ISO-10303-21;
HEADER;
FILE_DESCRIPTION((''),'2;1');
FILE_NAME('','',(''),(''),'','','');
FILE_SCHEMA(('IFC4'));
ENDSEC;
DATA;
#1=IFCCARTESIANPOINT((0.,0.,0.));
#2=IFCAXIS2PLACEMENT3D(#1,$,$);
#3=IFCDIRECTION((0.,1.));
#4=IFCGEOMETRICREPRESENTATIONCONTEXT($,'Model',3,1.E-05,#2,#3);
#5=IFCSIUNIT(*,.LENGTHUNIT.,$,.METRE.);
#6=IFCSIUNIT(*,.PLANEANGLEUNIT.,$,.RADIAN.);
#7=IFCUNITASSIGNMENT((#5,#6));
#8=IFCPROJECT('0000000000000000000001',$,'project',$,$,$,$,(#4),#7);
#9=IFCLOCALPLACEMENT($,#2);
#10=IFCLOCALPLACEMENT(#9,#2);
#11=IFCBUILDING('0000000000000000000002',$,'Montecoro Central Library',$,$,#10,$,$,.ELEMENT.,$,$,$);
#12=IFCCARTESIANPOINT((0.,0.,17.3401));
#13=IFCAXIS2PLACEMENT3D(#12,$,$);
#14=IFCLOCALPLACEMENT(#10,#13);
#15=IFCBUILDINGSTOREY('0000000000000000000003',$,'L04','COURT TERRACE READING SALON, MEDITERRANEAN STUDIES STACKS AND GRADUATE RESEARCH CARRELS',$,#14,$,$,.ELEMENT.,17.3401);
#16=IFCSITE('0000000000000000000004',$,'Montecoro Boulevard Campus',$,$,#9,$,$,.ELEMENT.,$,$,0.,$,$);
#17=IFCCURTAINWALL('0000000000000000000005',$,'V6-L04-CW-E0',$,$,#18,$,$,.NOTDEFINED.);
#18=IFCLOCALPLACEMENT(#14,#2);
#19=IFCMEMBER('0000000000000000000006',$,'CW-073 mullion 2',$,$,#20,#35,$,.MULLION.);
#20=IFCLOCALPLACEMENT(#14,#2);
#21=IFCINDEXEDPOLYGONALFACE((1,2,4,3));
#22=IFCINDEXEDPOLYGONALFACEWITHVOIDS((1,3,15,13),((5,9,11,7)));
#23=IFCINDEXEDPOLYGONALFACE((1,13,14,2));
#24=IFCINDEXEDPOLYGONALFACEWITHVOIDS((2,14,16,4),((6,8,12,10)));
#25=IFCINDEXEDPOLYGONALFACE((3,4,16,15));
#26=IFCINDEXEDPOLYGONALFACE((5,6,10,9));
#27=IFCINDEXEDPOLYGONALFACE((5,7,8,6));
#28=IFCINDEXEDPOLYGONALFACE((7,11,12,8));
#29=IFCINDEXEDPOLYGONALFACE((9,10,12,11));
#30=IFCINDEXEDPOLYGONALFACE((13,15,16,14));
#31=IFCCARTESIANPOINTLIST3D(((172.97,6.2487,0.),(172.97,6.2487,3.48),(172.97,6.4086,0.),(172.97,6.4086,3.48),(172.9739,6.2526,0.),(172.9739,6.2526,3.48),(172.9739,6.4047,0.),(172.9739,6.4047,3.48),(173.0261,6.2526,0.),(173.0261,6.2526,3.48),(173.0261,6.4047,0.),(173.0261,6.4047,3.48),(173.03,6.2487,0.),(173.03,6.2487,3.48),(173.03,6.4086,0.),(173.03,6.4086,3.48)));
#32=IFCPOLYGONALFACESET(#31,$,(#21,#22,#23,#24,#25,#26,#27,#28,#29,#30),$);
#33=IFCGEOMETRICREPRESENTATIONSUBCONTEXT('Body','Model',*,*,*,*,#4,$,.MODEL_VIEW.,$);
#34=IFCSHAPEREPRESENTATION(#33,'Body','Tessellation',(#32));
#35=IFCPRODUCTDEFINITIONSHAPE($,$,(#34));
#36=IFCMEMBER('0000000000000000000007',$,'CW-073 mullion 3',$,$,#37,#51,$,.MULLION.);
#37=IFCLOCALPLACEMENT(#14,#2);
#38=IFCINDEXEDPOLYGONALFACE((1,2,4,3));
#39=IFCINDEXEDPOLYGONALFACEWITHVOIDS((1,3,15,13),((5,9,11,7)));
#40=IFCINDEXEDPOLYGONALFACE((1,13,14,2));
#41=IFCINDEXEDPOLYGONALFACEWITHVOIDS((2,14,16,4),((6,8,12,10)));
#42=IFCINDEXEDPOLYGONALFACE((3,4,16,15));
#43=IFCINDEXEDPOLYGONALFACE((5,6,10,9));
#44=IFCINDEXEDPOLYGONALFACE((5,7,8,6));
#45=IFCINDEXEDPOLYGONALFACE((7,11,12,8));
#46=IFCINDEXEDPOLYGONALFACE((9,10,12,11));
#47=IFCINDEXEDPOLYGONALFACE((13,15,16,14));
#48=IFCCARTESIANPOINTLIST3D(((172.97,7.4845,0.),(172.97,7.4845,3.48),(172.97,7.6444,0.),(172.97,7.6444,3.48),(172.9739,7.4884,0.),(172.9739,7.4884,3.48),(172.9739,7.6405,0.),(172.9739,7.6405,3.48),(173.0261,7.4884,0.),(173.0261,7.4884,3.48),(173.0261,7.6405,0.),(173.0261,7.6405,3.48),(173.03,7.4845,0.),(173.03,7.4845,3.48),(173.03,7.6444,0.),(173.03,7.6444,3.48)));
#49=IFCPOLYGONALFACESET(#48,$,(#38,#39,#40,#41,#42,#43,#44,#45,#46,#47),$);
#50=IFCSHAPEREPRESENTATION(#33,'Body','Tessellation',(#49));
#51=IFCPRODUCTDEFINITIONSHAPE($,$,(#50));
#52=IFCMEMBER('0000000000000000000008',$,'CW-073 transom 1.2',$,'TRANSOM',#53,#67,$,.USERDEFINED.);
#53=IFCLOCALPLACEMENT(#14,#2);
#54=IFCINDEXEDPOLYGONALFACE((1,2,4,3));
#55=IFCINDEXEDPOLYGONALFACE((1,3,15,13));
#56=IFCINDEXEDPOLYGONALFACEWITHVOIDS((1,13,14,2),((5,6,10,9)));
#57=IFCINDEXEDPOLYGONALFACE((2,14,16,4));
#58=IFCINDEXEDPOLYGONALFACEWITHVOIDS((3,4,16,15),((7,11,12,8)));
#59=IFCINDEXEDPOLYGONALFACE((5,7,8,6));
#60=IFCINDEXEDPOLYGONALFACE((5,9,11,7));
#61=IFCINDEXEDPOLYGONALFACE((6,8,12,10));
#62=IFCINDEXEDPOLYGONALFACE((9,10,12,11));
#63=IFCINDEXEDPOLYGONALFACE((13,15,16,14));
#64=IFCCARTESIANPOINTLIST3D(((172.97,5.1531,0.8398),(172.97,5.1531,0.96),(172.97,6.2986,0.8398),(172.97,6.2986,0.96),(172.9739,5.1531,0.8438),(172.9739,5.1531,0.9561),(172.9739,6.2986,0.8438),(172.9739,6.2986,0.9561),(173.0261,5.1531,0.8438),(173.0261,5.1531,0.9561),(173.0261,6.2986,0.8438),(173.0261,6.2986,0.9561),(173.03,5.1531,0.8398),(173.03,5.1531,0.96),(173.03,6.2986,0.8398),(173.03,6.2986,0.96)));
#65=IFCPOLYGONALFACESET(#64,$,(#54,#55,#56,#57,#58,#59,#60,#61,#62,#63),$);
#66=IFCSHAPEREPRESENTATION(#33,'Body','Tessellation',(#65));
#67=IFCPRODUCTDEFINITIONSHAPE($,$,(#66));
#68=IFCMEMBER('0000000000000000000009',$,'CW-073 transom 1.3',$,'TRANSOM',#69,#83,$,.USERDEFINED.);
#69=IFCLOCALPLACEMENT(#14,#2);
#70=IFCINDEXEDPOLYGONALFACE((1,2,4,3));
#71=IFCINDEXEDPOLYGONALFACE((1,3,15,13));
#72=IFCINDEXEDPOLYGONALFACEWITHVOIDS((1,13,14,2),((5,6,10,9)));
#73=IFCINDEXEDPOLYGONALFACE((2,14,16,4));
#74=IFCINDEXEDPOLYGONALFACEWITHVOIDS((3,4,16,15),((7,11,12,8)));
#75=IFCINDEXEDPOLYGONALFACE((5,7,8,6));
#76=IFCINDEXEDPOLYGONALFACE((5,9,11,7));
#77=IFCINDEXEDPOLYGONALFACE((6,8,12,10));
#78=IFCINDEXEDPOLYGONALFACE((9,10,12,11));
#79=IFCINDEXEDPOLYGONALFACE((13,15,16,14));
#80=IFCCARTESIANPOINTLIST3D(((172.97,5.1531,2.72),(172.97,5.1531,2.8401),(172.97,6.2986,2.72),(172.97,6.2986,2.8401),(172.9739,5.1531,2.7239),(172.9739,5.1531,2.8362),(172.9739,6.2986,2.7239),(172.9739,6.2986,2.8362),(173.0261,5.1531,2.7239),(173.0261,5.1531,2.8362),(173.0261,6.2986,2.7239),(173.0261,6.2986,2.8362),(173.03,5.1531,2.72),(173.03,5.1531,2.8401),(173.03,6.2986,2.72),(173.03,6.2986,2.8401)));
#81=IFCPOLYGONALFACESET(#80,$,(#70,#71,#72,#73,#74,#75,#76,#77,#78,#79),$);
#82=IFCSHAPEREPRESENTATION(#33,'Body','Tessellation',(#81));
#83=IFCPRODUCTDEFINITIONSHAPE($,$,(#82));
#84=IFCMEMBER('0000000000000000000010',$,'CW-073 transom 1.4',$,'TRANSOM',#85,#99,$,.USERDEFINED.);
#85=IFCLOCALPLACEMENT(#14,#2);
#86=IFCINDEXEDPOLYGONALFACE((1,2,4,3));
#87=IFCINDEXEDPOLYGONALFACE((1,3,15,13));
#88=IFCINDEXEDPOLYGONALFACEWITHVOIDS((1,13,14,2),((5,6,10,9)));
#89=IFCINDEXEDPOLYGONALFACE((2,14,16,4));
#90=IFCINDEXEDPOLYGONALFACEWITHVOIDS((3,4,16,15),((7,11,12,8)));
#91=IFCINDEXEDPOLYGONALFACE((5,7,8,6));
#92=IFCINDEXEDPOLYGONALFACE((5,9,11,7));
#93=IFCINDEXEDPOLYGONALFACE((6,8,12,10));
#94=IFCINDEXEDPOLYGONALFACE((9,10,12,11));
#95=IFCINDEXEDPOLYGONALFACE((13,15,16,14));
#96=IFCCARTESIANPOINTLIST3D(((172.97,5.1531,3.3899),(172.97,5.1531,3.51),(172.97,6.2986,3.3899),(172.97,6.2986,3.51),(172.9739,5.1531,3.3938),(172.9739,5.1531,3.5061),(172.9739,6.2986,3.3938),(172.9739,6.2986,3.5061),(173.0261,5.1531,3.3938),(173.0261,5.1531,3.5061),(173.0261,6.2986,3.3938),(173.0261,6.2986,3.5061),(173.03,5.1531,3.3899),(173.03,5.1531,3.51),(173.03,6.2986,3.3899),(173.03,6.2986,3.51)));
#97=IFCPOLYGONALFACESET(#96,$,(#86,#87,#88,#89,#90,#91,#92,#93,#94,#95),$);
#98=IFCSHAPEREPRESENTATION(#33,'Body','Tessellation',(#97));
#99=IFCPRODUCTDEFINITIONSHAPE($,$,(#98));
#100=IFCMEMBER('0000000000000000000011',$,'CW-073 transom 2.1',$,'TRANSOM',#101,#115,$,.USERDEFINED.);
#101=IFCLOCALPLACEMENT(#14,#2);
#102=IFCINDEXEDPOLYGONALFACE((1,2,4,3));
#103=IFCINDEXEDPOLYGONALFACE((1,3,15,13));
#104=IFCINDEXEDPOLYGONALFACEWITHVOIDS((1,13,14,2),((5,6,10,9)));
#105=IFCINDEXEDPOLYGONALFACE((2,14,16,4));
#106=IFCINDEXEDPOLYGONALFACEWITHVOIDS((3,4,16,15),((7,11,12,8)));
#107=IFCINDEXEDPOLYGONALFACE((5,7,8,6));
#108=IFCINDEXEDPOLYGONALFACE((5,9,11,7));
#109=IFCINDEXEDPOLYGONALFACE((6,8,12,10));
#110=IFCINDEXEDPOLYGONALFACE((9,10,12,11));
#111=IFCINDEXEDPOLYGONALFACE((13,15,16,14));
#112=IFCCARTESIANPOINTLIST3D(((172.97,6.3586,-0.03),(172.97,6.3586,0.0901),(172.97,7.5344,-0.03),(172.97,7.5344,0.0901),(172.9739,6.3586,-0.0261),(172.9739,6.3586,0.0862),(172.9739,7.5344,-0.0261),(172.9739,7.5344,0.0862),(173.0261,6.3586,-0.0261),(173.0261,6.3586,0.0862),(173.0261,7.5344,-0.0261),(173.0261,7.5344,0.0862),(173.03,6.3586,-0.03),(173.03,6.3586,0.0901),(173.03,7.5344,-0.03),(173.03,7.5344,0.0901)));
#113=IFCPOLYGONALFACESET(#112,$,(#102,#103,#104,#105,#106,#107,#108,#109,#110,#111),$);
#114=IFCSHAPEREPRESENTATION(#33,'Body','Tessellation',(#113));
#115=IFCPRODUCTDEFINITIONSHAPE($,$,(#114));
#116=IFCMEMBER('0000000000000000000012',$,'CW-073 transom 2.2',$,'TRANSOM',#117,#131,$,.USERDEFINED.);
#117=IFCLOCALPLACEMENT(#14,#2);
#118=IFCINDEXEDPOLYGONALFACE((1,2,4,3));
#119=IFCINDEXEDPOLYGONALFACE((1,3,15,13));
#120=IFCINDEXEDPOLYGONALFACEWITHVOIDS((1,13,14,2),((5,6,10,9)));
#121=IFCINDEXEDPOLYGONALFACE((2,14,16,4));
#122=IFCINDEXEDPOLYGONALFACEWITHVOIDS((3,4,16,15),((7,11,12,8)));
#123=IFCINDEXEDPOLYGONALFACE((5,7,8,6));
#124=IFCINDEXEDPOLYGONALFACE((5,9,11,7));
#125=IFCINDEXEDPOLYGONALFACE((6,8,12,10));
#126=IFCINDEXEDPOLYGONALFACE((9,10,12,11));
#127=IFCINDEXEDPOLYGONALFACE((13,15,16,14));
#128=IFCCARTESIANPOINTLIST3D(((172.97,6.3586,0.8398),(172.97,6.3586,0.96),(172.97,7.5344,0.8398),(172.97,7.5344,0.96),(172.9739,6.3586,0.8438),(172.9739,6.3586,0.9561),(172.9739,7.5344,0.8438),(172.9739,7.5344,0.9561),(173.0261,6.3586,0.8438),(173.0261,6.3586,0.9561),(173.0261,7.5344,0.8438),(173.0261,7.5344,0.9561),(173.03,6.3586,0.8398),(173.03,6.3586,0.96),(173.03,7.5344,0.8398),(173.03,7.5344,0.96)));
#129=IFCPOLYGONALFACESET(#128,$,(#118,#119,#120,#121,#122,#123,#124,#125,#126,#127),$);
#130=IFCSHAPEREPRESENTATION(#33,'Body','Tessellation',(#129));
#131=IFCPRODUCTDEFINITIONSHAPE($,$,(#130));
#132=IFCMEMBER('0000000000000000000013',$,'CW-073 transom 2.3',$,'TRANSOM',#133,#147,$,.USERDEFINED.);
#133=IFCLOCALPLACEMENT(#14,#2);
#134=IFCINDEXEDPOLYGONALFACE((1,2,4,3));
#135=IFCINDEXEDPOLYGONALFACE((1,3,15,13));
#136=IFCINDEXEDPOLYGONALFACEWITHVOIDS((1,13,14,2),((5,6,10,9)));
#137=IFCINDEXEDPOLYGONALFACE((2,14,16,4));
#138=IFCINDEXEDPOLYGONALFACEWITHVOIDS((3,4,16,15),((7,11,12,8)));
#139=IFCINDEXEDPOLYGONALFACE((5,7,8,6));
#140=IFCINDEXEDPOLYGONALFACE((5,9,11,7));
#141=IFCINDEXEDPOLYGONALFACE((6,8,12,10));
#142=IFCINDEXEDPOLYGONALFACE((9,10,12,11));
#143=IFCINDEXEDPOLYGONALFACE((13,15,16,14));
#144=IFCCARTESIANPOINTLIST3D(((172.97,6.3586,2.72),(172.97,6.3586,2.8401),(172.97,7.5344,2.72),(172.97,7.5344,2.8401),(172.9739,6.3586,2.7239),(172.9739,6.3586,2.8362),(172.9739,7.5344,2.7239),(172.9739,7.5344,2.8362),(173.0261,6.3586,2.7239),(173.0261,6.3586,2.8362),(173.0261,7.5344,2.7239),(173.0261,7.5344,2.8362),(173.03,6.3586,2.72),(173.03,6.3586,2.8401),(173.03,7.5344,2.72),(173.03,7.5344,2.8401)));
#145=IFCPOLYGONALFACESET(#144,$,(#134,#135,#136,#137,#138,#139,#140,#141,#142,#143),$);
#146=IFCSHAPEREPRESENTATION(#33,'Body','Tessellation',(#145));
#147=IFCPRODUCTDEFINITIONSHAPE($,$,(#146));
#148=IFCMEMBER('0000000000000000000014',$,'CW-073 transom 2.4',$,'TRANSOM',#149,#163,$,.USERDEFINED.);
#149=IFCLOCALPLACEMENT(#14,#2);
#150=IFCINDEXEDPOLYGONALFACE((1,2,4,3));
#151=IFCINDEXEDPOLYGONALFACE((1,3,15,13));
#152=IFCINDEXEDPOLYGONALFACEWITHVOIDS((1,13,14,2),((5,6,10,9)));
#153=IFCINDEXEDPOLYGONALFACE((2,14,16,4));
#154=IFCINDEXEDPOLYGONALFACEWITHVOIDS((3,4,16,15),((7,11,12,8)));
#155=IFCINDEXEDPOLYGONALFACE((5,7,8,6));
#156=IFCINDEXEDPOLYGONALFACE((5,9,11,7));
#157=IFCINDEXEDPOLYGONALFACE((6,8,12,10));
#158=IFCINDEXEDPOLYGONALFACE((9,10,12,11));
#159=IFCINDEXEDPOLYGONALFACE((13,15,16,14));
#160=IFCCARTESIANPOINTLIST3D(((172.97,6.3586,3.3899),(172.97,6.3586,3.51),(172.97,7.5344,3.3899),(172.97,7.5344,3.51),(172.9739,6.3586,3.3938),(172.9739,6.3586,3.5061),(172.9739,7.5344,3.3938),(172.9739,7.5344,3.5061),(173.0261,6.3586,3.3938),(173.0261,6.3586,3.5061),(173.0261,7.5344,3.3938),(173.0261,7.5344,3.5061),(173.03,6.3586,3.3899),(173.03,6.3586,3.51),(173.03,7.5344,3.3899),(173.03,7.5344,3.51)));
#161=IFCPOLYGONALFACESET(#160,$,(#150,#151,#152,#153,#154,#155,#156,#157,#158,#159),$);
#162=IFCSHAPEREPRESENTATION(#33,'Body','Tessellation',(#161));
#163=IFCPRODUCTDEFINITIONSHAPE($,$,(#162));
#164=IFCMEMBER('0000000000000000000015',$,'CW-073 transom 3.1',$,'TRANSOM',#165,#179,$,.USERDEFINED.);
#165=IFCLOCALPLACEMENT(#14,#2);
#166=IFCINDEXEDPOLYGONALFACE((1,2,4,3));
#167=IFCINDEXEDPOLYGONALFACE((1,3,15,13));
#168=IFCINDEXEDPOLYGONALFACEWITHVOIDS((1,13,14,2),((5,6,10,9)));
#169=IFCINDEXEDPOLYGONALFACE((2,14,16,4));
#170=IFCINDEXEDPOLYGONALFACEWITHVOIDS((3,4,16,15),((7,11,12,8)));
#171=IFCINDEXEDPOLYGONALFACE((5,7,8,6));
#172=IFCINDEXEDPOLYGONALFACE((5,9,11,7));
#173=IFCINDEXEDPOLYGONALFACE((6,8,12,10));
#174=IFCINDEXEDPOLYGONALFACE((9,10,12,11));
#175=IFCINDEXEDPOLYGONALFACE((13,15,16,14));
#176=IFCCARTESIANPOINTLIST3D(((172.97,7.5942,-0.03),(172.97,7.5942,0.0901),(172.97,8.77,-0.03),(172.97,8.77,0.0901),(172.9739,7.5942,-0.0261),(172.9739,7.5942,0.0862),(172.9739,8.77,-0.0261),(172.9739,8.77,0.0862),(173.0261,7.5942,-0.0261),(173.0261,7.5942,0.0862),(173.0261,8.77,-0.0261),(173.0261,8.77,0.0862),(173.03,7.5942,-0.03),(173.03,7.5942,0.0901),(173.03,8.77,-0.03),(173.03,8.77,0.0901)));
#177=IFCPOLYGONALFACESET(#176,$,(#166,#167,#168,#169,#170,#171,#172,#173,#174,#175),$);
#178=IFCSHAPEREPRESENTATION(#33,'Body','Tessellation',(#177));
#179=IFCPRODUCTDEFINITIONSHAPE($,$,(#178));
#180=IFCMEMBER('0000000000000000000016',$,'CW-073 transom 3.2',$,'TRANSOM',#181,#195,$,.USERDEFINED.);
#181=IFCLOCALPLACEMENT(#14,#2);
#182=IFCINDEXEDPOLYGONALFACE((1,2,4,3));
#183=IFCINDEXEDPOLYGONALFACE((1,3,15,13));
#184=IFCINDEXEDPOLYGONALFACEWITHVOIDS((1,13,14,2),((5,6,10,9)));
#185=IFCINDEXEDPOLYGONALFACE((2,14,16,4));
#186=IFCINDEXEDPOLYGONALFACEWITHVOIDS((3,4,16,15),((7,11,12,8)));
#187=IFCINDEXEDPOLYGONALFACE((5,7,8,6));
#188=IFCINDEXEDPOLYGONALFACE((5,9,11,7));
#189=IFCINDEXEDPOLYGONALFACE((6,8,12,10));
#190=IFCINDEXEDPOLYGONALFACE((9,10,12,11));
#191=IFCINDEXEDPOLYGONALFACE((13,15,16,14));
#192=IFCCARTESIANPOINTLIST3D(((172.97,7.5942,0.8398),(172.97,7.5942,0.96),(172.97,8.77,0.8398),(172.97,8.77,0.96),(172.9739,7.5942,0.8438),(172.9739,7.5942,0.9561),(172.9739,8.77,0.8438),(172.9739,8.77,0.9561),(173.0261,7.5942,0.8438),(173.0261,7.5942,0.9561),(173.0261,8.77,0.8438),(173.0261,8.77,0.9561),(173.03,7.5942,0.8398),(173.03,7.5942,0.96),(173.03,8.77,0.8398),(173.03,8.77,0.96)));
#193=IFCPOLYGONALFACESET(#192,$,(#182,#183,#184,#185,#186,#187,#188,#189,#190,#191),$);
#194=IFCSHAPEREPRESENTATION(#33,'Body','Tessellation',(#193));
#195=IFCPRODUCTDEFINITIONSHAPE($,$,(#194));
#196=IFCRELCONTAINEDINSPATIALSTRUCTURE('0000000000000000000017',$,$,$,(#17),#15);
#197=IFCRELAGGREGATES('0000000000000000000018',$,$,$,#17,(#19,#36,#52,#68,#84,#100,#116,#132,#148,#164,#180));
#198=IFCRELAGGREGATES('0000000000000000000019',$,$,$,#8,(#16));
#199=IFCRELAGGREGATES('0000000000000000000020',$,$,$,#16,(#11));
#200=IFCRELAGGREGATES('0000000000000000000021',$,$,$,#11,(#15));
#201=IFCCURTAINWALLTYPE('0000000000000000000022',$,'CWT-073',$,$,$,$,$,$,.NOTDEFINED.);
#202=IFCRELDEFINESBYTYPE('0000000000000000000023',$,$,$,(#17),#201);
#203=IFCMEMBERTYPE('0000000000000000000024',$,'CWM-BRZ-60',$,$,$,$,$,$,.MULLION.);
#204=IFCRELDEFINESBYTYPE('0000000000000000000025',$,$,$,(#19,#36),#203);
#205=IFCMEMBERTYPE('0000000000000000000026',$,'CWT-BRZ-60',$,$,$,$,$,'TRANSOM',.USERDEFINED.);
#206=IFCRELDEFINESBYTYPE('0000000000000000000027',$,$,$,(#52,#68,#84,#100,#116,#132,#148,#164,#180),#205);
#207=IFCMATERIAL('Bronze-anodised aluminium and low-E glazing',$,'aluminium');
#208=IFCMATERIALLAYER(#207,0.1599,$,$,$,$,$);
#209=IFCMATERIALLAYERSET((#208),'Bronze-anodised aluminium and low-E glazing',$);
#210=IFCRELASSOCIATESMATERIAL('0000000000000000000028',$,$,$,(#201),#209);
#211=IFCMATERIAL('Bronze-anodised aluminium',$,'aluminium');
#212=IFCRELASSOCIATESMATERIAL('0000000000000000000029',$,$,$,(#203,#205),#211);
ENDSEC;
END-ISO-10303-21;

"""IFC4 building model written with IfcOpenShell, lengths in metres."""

from ifc_helpers import new_model, si_unit, direction, frame, origin, origin_2d, place, context, subcontext, project, spatial, hollow_rectangle, extrude, material, layer, layer_set, material_profile, profile_set, type_object, element, aggregate, save


model = new_model("IFC4")

# Units and contexts
model_context = context("Model", 3, precision=1e-05, world=origin(), true_north=direction((0.0, 1.0)))
body_context = subcontext(model_context, "Body", "Model", "MODEL_VIEW")
ifc_project = project(units=[si_unit("LENGTHUNIT", "METRE"), si_unit("PLANEANGLEUNIT", "RADIAN")], contexts=[model_context])

# Site, building, storey
site_placement = place(None, origin())
site = spatial("IfcSite", under=ifc_project, at=site_placement, Name="Montecoro Boulevard Campus", CompositionType="ELEMENT", RefElevation=0.0)
building_placement = place(site_placement, origin())
building = spatial("IfcBuilding", under=site, at=building_placement, Name="Montecoro Central Library", CompositionType="ELEMENT")
storey_placement = place(building_placement, frame((0.0, 0.0, 17.3401)))
storey = spatial("IfcBuildingStorey", under=building, at=storey_placement, Name="L04", Description="COURT TERRACE READING SALON, MEDITERRANEAN STUDIES STACKS AND GRADUATE RESEARCH CARRELS", CompositionType="ELEMENT", Elevation=17.3401)

# Curtain wall, members
ifc_material_1 = material(Name="Bronze-anodised aluminium and low-E glazing", Category="aluminium")
ifc_layer_1 = layer(ifc_material_1, 0.1599)
ifc_layer_set_1 = layer_set([ifc_layer_1], Name="Bronze-anodised aluminium and low-E glazing")
curtain_wall_type = type_object("IfcCurtainWallType", Name="CWT-073", PredefinedType="NOTDEFINED", material=ifc_layer_set_1)
curtain_wall_placement = place(storey_placement, origin())
curtain_wall = element("IfcCurtainWall", 1, at=curtain_wall_placement, inside=storey, type_object=curtain_wall_type, Name="V6-L04-CW-E0", PredefinedType="NOTDEFINED")
ifc_material_2 = material(Name="Bronze-anodised aluminium", Category="aluminium")
ifc_material_profile_1 = material_profile(ifc_material_2, hollow_rectangle(XDim=0.0601, YDim=0.1599, WallThickness=0.0039, at=origin_2d()), Name="CWM 160x60x4.0")
ifc_profile_set_1 = profile_set([ifc_material_profile_1], Name="Bronze-anodised aluminium")
member_type_1 = type_object("IfcMemberType", Name="CWM-BRZ-60", PredefinedType="MULLION", material=ifc_profile_set_1)
member_1_placement = place(storey_placement, frame((173.0, 6.3286, 0.0), z_axis=(0.0, 0.0, 1.0), x_axis=(-1.0, 0.0, 0.0)))
member_1 = element("IfcMember", 2, at=member_1_placement, type_object=member_type_1, Name="CW-073 mullion 2", PredefinedType="MULLION", context=body_context, shape_type="SweptSolid", body=[
    extrude(hollow_rectangle(XDim=0.0601, YDim=0.1599, WallThickness=0.0039, at=origin_2d()), origin(), (0.0, 0.0, 1.0), 3.48),
])
member_2_placement = place(storey_placement, frame((173.0, 7.5645, 0.0), z_axis=(0.0, 0.0, 1.0), x_axis=(-1.0, 0.0, 0.0)))
member_2 = element("IfcMember", 3, at=member_2_placement, type_object=member_type_1, Name="CW-073 mullion 3", PredefinedType="MULLION", context=body_context, shape_type="SweptSolid", body=[
    extrude(hollow_rectangle(XDim=0.0601, YDim=0.1599, WallThickness=0.0039, at=origin_2d()), origin(), (0.0, 0.0, 1.0), 3.48),
])
ifc_material_profile_2 = material_profile(ifc_material_2, hollow_rectangle(XDim=0.0601, YDim=0.1201, WallThickness=0.0039, at=origin_2d()), Name="CWT 120x60x4.0")
ifc_profile_set_2 = profile_set([ifc_material_profile_2], Name="Bronze-anodised aluminium")
member_type_2 = type_object("IfcMemberType", Name="CWT-BRZ-60", ElementType="TRANSOM", PredefinedType="USERDEFINED", material=ifc_profile_set_2)
member_3_placement = place(storey_placement, frame((173.0, 5.1531, 0.8999), z_axis=(0.0, 1.0, 0.0), x_axis=(-1.0, 0.0, 0.0)))
member_3 = element("IfcMember", 4, at=member_3_placement, type_object=member_type_2, Name="CW-073 transom 1.2", ObjectType="TRANSOM", PredefinedType="USERDEFINED", context=body_context, shape_type="SweptSolid", body=[
    extrude(hollow_rectangle(XDim=0.0601, YDim=0.1201, WallThickness=0.0039, at=origin_2d()), origin(), (0.0, 0.0, 1.0), 1.1455),
])
member_4_placement = place(storey_placement, frame((173.0, 5.1531, 2.78), z_axis=(0.0, 1.0, 0.0), x_axis=(-1.0, 0.0, 0.0)))
member_4 = element("IfcMember", 5, at=member_4_placement, type_object=member_type_2, Name="CW-073 transom 1.3", ObjectType="TRANSOM", PredefinedType="USERDEFINED", context=body_context, shape_type="SweptSolid", body=[
    extrude(hollow_rectangle(XDim=0.0601, YDim=0.1201, WallThickness=0.0039, at=origin_2d()), origin(), (0.0, 0.0, 1.0), 1.1455),
])
member_5_placement = place(storey_placement, frame((173.0, 5.1531, 3.45), z_axis=(0.0, 1.0, 0.0), x_axis=(-1.0, 0.0, 0.0)))
member_5 = element("IfcMember", 6, at=member_5_placement, type_object=member_type_2, Name="CW-073 transom 1.4", ObjectType="TRANSOM", PredefinedType="USERDEFINED", context=body_context, shape_type="SweptSolid", body=[
    extrude(hollow_rectangle(XDim=0.0601, YDim=0.1201, WallThickness=0.0039, at=origin_2d()), origin(), (0.0, 0.0, 1.0), 1.1455),
])
member_6_placement = place(storey_placement, frame((173.0, 6.3586, 0.03), z_axis=(0.0, 1.0, 0.0), x_axis=(-1.0, 0.0, 0.0)))
member_6 = element("IfcMember", 7, at=member_6_placement, type_object=member_type_2, Name="CW-073 transom 2.1", ObjectType="TRANSOM", PredefinedType="USERDEFINED", context=body_context, shape_type="SweptSolid", body=[
    extrude(hollow_rectangle(XDim=0.0601, YDim=0.1201, WallThickness=0.0039, at=origin_2d()), origin(), (0.0, 0.0, 1.0), 1.1758),
])
member_7_placement = place(storey_placement, frame((173.0, 6.3586, 0.8999), z_axis=(0.0, 1.0, 0.0), x_axis=(-1.0, 0.0, 0.0)))
member_7 = element("IfcMember", 8, at=member_7_placement, type_object=member_type_2, Name="CW-073 transom 2.2", ObjectType="TRANSOM", PredefinedType="USERDEFINED", context=body_context, shape_type="SweptSolid", body=[
    extrude(hollow_rectangle(XDim=0.0601, YDim=0.1201, WallThickness=0.0039, at=origin_2d()), origin(), (0.0, 0.0, 1.0), 1.1758),
])
member_8_placement = place(storey_placement, frame((173.0, 6.3586, 2.78), z_axis=(0.0, 1.0, 0.0), x_axis=(-1.0, 0.0, 0.0)))
member_8 = element("IfcMember", 9, at=member_8_placement, type_object=member_type_2, Name="CW-073 transom 2.3", ObjectType="TRANSOM", PredefinedType="USERDEFINED", context=body_context, shape_type="SweptSolid", body=[
    extrude(hollow_rectangle(XDim=0.0601, YDim=0.1201, WallThickness=0.0039, at=origin_2d()), origin(), (0.0, 0.0, 1.0), 1.1758),
])
member_9_placement = place(storey_placement, frame((173.0, 6.3586, 3.45), z_axis=(0.0, 1.0, 0.0), x_axis=(-1.0, 0.0, 0.0)))
member_9 = element("IfcMember", 10, at=member_9_placement, type_object=member_type_2, Name="CW-073 transom 2.4", ObjectType="TRANSOM", PredefinedType="USERDEFINED", context=body_context, shape_type="SweptSolid", body=[
    extrude(hollow_rectangle(XDim=0.0601, YDim=0.1201, WallThickness=0.0039, at=origin_2d()), origin(), (0.0, 0.0, 1.0), 1.1758),
])
member_10_placement = place(storey_placement, frame((173.0, 7.5942, 0.03), z_axis=(0.0, 1.0, 0.0), x_axis=(-1.0, 0.0, 0.0)))
member_10 = element("IfcMember", 11, at=member_10_placement, type_object=member_type_2, Name="CW-073 transom 3.1", ObjectType="TRANSOM", PredefinedType="USERDEFINED", context=body_context, shape_type="SweptSolid", body=[
    extrude(hollow_rectangle(XDim=0.0601, YDim=0.1201, WallThickness=0.0039, at=origin_2d()), origin(), (0.0, 0.0, 1.0), 1.1758),
])
member_11_placement = place(storey_placement, frame((173.0, 7.5942, 0.8999), z_axis=(0.0, 1.0, 0.0), x_axis=(-1.0, 0.0, 0.0)))
member_11 = element("IfcMember", 12, at=member_11_placement, type_object=member_type_2, Name="CW-073 transom 3.2", ObjectType="TRANSOM", PredefinedType="USERDEFINED", context=body_context, shape_type="SweptSolid", body=[
    extrude(hollow_rectangle(XDim=0.0601, YDim=0.1201, WallThickness=0.0039, at=origin_2d()), origin(), (0.0, 0.0, 1.0), 1.1758),
])
aggregate(curtain_wall, [member_1, member_2, member_3, member_4, member_5, member_6, member_7, member_8, member_9, member_10, member_11])

save(model, "model.ifc")
